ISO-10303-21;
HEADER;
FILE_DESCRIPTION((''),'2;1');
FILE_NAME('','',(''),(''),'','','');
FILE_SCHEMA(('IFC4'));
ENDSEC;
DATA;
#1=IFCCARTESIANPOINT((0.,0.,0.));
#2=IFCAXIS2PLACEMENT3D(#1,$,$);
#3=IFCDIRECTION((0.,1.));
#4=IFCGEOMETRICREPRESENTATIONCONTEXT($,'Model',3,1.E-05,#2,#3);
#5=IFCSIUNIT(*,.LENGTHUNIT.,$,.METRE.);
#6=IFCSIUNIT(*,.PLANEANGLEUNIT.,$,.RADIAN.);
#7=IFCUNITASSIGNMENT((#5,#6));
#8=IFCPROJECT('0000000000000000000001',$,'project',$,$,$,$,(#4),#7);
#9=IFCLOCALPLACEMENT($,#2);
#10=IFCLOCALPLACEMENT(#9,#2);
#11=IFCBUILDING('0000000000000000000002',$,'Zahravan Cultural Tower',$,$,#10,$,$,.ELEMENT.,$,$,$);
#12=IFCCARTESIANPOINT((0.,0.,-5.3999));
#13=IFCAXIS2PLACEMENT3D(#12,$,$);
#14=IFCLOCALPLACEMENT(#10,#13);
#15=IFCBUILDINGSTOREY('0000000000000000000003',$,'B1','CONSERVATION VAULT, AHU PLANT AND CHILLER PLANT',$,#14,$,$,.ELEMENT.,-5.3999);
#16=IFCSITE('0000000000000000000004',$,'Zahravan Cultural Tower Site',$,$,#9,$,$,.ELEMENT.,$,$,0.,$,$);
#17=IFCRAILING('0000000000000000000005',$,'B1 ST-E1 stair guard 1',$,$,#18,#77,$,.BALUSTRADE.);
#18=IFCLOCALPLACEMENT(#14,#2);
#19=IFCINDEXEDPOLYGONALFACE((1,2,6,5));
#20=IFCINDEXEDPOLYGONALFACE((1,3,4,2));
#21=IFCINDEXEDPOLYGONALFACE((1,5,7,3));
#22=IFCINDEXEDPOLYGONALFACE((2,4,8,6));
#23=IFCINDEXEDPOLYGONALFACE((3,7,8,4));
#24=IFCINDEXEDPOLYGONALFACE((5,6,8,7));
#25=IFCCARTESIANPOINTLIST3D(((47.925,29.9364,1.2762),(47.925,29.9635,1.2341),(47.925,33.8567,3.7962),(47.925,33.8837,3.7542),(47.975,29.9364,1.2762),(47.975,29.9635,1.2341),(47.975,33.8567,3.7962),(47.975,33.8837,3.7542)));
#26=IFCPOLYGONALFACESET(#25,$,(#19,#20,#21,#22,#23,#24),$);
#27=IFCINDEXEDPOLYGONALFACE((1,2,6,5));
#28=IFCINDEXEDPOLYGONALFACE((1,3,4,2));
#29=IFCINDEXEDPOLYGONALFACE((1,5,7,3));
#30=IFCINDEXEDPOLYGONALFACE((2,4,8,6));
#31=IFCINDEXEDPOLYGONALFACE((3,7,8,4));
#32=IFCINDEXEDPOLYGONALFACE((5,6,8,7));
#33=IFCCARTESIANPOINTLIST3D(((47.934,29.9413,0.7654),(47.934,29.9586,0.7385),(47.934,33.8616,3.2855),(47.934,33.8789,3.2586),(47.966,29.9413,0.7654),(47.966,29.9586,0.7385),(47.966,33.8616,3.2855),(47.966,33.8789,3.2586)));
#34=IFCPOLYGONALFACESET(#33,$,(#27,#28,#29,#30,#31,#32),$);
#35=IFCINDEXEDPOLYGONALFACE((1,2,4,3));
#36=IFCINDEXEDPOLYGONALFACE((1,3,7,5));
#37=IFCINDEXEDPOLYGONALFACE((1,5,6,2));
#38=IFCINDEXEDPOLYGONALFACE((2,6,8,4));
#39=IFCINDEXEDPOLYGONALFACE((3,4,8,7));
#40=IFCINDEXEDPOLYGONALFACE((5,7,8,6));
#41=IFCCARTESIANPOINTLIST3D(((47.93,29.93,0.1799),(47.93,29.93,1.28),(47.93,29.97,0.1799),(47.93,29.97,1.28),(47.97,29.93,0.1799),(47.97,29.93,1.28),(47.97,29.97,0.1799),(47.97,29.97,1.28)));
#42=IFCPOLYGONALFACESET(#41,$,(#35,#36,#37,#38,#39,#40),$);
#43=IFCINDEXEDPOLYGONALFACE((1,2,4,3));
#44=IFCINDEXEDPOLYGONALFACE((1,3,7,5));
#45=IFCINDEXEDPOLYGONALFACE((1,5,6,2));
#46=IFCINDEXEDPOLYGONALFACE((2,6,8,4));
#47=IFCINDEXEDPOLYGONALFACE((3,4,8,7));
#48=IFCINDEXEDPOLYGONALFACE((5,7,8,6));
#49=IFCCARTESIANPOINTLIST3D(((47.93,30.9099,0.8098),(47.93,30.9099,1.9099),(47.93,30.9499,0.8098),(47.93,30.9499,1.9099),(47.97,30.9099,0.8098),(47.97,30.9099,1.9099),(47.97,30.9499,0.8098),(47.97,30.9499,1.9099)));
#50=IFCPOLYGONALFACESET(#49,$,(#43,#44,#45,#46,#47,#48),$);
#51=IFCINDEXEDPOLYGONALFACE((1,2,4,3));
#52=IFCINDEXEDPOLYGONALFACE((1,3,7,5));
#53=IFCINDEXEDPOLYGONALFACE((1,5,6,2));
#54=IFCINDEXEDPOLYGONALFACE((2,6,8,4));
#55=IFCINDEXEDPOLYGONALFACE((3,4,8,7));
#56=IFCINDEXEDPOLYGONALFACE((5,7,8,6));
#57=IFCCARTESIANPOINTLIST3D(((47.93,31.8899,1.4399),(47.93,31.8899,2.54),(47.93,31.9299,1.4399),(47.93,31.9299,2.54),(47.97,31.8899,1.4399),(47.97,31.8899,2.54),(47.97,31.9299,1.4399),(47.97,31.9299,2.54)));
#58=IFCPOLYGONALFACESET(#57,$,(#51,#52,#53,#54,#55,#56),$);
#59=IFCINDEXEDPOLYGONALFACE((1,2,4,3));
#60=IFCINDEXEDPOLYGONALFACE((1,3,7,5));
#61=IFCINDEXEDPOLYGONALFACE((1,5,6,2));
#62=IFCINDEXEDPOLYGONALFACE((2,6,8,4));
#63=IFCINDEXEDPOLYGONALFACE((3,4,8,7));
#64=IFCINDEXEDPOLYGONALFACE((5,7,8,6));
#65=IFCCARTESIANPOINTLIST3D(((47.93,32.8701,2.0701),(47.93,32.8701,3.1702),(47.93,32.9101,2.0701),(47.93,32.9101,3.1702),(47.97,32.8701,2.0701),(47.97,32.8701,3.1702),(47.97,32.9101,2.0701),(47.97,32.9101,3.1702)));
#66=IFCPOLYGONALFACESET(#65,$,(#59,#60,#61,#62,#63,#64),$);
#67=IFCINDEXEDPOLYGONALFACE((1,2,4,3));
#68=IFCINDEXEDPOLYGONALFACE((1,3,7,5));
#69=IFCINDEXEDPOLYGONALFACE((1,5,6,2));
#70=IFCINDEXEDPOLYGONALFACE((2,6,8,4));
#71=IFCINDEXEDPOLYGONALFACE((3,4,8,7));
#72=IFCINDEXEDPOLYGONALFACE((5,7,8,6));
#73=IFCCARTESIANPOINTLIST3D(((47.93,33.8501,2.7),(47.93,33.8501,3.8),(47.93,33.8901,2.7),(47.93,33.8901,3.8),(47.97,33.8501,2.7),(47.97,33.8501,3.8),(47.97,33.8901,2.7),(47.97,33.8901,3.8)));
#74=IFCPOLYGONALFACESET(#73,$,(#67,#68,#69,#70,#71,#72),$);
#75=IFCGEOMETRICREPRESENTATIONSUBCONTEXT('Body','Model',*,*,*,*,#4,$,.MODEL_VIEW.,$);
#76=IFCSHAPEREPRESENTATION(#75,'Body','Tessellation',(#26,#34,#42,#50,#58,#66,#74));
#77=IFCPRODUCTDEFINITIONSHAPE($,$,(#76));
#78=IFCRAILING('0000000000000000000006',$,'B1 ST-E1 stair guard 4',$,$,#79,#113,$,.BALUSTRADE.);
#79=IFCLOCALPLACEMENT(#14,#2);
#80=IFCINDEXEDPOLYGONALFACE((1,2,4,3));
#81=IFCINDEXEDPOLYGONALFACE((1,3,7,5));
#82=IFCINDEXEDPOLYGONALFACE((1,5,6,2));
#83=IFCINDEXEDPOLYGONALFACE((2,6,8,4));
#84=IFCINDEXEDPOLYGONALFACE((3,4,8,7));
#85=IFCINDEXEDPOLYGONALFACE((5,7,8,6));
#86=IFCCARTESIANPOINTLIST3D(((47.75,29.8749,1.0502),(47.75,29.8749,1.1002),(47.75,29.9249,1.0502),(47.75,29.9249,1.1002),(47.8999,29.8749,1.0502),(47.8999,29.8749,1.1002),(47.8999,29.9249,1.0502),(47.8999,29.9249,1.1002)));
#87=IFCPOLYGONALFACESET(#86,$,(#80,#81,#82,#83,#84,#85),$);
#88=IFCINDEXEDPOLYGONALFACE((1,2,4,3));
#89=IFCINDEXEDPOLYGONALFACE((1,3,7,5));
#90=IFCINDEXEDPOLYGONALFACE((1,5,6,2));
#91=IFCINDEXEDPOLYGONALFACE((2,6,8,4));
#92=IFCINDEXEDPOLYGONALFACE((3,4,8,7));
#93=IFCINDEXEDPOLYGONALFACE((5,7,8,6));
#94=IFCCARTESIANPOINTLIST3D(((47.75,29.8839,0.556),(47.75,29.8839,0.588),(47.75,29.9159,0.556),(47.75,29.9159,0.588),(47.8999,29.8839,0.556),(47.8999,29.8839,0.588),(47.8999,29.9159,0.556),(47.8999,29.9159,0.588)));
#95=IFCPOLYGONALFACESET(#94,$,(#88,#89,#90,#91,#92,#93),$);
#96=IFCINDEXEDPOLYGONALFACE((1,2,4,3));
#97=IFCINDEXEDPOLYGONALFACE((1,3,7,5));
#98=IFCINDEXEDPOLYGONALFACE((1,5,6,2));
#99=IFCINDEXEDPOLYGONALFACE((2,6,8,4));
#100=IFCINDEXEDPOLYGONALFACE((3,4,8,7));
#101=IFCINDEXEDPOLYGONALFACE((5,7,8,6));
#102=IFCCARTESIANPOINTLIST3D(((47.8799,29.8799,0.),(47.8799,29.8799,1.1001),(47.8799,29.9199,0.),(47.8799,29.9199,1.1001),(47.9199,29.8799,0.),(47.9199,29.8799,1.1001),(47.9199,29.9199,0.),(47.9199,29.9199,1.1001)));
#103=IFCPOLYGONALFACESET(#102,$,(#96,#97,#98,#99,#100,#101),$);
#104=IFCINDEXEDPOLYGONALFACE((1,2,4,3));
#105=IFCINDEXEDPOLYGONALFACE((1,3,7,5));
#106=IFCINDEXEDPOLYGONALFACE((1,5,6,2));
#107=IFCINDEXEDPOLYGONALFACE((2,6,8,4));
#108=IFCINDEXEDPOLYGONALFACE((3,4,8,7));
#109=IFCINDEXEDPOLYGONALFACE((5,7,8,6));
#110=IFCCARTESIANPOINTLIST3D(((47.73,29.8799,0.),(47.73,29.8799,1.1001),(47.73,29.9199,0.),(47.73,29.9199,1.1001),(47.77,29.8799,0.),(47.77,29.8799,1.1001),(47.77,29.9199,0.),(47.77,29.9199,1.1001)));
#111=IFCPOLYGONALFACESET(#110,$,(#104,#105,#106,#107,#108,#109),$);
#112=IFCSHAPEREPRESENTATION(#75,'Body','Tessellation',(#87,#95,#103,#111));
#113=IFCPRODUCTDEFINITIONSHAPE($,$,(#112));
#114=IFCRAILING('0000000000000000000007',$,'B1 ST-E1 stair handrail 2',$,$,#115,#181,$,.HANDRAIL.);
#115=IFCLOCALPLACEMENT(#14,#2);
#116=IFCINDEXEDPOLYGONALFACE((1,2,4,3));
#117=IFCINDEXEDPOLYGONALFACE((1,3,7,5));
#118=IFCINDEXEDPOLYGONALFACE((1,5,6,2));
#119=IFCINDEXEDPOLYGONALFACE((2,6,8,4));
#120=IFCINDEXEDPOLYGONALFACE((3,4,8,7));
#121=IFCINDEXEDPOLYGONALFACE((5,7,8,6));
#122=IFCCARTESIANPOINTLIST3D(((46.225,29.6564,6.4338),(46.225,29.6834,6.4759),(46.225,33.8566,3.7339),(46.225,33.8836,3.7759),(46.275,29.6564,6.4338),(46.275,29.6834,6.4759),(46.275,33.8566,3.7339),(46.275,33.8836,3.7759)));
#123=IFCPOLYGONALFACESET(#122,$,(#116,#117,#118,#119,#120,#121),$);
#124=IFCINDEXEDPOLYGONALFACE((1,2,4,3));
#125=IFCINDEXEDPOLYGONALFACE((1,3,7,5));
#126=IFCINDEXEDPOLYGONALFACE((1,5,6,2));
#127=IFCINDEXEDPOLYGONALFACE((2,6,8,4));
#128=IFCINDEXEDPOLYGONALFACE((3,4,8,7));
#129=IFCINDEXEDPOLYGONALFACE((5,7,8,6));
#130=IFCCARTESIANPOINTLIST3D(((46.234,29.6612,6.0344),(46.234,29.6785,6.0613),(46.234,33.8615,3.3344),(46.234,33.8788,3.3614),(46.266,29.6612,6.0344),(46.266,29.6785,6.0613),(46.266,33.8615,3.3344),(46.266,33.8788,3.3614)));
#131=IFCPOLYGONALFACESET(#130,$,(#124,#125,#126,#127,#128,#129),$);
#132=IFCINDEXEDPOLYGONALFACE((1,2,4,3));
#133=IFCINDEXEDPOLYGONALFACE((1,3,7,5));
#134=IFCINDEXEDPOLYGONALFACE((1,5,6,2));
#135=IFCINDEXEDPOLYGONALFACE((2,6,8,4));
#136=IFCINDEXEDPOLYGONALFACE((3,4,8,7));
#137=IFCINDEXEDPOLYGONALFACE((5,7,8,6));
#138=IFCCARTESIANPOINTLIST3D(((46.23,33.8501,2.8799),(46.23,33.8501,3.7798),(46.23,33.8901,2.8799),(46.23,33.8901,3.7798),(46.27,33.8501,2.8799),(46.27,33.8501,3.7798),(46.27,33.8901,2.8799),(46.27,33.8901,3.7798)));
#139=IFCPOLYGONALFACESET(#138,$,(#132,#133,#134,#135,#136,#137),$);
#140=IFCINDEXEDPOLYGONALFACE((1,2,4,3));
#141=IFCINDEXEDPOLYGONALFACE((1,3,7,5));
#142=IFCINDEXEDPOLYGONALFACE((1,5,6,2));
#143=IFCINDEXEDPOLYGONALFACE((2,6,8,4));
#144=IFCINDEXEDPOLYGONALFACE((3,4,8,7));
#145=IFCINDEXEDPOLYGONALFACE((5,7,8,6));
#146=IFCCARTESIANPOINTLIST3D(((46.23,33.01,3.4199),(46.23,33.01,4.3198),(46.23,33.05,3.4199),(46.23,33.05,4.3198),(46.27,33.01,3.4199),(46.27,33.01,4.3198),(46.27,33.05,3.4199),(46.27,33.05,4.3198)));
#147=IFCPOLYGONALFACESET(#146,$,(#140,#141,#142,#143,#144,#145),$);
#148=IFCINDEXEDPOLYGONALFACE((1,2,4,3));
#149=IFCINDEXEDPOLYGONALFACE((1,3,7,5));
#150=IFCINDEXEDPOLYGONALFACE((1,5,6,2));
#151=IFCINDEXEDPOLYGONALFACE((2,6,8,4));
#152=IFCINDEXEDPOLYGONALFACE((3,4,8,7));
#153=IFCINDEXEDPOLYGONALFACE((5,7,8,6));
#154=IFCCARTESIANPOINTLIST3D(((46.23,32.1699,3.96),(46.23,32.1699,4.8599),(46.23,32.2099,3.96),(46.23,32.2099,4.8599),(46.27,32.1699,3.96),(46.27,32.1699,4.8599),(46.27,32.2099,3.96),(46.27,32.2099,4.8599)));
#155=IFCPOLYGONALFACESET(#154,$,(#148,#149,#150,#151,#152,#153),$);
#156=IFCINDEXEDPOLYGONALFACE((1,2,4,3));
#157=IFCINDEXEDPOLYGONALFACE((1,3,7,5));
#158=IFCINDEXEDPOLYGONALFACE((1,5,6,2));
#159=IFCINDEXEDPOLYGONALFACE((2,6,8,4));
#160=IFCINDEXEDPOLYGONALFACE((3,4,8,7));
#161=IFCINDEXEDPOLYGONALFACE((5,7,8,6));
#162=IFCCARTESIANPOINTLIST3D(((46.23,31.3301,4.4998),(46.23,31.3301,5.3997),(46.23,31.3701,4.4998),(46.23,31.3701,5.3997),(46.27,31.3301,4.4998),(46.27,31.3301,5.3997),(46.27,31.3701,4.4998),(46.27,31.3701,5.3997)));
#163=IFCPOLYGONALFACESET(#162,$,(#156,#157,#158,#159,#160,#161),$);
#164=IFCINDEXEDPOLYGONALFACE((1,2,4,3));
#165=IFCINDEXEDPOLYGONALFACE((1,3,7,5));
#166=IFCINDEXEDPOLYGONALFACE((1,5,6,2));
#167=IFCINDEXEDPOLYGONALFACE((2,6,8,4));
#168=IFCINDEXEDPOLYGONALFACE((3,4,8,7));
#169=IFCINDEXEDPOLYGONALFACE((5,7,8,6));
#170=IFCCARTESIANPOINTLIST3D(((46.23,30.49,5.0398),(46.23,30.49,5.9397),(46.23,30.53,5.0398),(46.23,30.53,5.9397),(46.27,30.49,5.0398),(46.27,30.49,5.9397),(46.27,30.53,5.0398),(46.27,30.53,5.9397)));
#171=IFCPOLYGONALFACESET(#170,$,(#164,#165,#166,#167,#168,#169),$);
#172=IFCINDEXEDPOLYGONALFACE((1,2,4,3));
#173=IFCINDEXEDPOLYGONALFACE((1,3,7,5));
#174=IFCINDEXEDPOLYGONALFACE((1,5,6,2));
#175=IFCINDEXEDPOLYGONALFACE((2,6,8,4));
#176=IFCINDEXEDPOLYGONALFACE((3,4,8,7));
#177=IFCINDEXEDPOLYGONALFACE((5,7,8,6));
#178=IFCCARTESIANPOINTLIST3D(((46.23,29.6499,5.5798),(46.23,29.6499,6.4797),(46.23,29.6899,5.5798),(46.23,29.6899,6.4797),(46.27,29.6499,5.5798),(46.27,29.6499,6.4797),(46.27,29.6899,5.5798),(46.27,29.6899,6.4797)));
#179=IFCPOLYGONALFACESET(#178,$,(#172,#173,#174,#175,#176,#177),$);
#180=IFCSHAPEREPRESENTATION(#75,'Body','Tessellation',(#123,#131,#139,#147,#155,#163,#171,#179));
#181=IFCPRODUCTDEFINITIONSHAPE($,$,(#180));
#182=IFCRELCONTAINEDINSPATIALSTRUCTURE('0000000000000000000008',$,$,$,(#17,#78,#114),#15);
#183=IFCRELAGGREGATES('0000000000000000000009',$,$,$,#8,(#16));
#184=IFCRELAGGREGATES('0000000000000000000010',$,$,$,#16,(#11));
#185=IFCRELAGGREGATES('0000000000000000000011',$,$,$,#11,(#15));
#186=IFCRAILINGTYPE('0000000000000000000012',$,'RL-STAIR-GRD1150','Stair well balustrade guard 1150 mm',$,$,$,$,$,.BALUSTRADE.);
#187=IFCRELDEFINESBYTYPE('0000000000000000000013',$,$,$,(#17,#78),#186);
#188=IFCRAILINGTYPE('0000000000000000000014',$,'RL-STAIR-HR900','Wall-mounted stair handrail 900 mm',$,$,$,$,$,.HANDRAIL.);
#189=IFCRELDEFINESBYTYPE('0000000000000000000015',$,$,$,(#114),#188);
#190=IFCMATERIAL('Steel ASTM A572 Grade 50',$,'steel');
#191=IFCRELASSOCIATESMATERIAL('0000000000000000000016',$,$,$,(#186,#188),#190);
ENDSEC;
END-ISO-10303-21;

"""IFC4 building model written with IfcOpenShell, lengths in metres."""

from ifc_helpers import new_model, si_unit, direction, frame, origin, origin_2d, place, context, subcontext, project, spatial, rectangle, extrude, material, type_object, element, save


model = new_model("IFC4")

# Units and contexts
model_context = context("Model", 3, precision=1e-05, world=origin(), true_north=direction((0.0, 1.0)))
body_context = subcontext(model_context, "Body", "Model", "MODEL_VIEW")
ifc_project = project(units=[si_unit("LENGTHUNIT", "METRE"), si_unit("PLANEANGLEUNIT", "RADIAN")], contexts=[model_context])

# Site, building, storey
site_placement = place(None, origin())
site = spatial("IfcSite", under=ifc_project, at=site_placement, Name="Zahravan Cultural Tower Site", CompositionType="ELEMENT", RefElevation=0.0)
building_placement = place(site_placement, origin())
building = spatial("IfcBuilding", under=site, at=building_placement, Name="Zahravan Cultural Tower", CompositionType="ELEMENT")
storey_placement = place(building_placement, frame((0.0, 0.0, -5.3999)))
storey = spatial("IfcBuildingStorey", under=building, at=storey_placement, Name="B1", Description="CONSERVATION VAULT, AHU PLANT AND CHILLER PLANT", CompositionType="ELEMENT", Elevation=-5.3999)

# Shared definitions
ifc_material_1 = material(Name="Steel ASTM A572 Grade 50", Category="steel")

# Railings
railing_type_1 = type_object("IfcRailingType", Name="RL-STAIR-GRD1150", Description="Stair well balustrade guard 1150 mm", PredefinedType="BALUSTRADE", material=ifc_material_1)
railing_1_placement = place(storey_placement, frame((47.95, 29.95, 0.1799)))
element("IfcRailing", 1, at=railing_1_placement, inside=storey, type_object=railing_type_1, Name="B1 ST-E1 stair guard 1", PredefinedType="BALUSTRADE", context=body_context, shape_type="SweptSolid", body=[
    extrude(rectangle(XDim=0.05, YDim=0.05, at=origin_2d()), frame((0.0, 0.0, 1.0752), z_axis=(0.0, 0.841187, 0.540744), x_axis=(-1.0, 0.0, 0.0)), (0.0, 0.0, 1.0), 4.6604),
    extrude(rectangle(XDim=0.032, YDim=0.032, at=origin_2d()), frame((0.0, 0.0, 0.572), z_axis=(0.0, 0.841187, 0.540744), x_axis=(-1.0, 0.0, 0.0)), (0.0, 0.0, 1.0), 4.6604),
    extrude(rectangle(XDim=0.04, YDim=0.04, at=origin_2d()), origin(), (0.0, 0.0, 1.0), 1.1001),
    extrude(rectangle(XDim=0.04, YDim=0.04, at=origin_2d()), frame((0.0, 0.98, 0.6299)), (0.0, 0.0, 1.0), 1.1001),
    extrude(rectangle(XDim=0.04, YDim=0.04, at=origin_2d()), frame((0.0, 1.96, 1.26)), (0.0, 0.0, 1.0), 1.1001),
    extrude(rectangle(XDim=0.04, YDim=0.04, at=origin_2d()), frame((0.0, 2.9402, 1.8901)), (0.0, 0.0, 1.0), 1.1001),
    extrude(rectangle(XDim=0.04, YDim=0.04, at=origin_2d()), frame((0.0, 3.9202, 2.52)), (0.0, 0.0, 1.0), 1.1001),
])
railing_2_placement = place(storey_placement, frame((47.8999, 29.8999, 0.0)))
element("IfcRailing", 2, at=railing_2_placement, inside=storey, type_object=railing_type_1, Name="B1 ST-E1 stair guard 4", PredefinedType="BALUSTRADE", context=body_context, shape_type="SweptSolid", body=[
    extrude(rectangle(XDim=0.05, YDim=0.05, at=origin_2d()), frame((0.0, 0.0, 1.0752), z_axis=(-1.0, 0.0, 0.0), x_axis=(0.0, -1.0, 0.0)), (0.0, 0.0, 1.0), 0.1499),
    extrude(rectangle(XDim=0.032, YDim=0.032, at=origin_2d()), frame((0.0, 0.0, 0.572), z_axis=(-1.0, 0.0, 0.0), x_axis=(0.0, -1.0, 0.0)), (0.0, 0.0, 1.0), 0.1499),
    extrude(rectangle(XDim=0.04, YDim=0.04, at=origin_2d()), origin(), (0.0, 0.0, 1.0), 1.1001),
    extrude(rectangle(XDim=0.04, YDim=0.04, at=origin_2d()), frame((-0.1499, 0.0, 0.0)), (0.0, 0.0, 1.0), 1.1001),
])
railing_type_2 = type_object("IfcRailingType", Name="RL-STAIR-HR900", Description="Wall-mounted stair handrail 900 mm", PredefinedType="HANDRAIL", material=ifc_material_1)
railing_3_placement = place(storey_placement, frame((46.25, 33.8701, 2.8799)))
element("IfcRailing", 3, at=railing_3_placement, inside=storey, type_object=railing_type_2, Name="B1 ST-E1 stair handrail 2", PredefinedType="HANDRAIL", context=body_context, shape_type="SweptSolid", body=[
    extrude(rectangle(XDim=0.05, YDim=0.05, at=origin_2d()), frame((0.0, 0.0, 0.875), z_axis=(0.0, -0.841194, 0.540733), x_axis=(1.0, 0.0, 0.0)), (0.0, 0.0, 1.0), 4.9932),
    extrude(rectangle(XDim=0.032, YDim=0.032, at=origin_2d()), frame((0.0, 0.0, 0.468), z_axis=(0.0, -0.841194, 0.540733), x_axis=(1.0, 0.0, 0.0)), (0.0, 0.0, 1.0), 4.9932),
    extrude(rectangle(XDim=0.04, YDim=0.04, at=origin_2d()), origin(), (0.0, 0.0, 1.0), 0.8999),
    extrude(rectangle(XDim=0.04, YDim=0.04, at=origin_2d()), frame((0.0, -0.8401, 0.54)), (0.0, 0.0, 1.0), 0.8999),
    extrude(rectangle(XDim=0.04, YDim=0.04, at=origin_2d()), frame((0.0, -1.6802, 1.0801)), (0.0, 0.0, 1.0), 0.8999),
    extrude(rectangle(XDim=0.04, YDim=0.04, at=origin_2d()), frame((0.0, -2.52, 1.6199)), (0.0, 0.0, 1.0), 0.8999),
    extrude(rectangle(XDim=0.04, YDim=0.04, at=origin_2d()), frame((0.0, -3.3601, 2.1599)), (0.0, 0.0, 1.0), 0.8999),
    extrude(rectangle(XDim=0.04, YDim=0.04, at=origin_2d()), frame((0.0, -4.2002, 2.7)), (0.0, 0.0, 1.0), 0.8999),
])

save(model, "model.ifc")
